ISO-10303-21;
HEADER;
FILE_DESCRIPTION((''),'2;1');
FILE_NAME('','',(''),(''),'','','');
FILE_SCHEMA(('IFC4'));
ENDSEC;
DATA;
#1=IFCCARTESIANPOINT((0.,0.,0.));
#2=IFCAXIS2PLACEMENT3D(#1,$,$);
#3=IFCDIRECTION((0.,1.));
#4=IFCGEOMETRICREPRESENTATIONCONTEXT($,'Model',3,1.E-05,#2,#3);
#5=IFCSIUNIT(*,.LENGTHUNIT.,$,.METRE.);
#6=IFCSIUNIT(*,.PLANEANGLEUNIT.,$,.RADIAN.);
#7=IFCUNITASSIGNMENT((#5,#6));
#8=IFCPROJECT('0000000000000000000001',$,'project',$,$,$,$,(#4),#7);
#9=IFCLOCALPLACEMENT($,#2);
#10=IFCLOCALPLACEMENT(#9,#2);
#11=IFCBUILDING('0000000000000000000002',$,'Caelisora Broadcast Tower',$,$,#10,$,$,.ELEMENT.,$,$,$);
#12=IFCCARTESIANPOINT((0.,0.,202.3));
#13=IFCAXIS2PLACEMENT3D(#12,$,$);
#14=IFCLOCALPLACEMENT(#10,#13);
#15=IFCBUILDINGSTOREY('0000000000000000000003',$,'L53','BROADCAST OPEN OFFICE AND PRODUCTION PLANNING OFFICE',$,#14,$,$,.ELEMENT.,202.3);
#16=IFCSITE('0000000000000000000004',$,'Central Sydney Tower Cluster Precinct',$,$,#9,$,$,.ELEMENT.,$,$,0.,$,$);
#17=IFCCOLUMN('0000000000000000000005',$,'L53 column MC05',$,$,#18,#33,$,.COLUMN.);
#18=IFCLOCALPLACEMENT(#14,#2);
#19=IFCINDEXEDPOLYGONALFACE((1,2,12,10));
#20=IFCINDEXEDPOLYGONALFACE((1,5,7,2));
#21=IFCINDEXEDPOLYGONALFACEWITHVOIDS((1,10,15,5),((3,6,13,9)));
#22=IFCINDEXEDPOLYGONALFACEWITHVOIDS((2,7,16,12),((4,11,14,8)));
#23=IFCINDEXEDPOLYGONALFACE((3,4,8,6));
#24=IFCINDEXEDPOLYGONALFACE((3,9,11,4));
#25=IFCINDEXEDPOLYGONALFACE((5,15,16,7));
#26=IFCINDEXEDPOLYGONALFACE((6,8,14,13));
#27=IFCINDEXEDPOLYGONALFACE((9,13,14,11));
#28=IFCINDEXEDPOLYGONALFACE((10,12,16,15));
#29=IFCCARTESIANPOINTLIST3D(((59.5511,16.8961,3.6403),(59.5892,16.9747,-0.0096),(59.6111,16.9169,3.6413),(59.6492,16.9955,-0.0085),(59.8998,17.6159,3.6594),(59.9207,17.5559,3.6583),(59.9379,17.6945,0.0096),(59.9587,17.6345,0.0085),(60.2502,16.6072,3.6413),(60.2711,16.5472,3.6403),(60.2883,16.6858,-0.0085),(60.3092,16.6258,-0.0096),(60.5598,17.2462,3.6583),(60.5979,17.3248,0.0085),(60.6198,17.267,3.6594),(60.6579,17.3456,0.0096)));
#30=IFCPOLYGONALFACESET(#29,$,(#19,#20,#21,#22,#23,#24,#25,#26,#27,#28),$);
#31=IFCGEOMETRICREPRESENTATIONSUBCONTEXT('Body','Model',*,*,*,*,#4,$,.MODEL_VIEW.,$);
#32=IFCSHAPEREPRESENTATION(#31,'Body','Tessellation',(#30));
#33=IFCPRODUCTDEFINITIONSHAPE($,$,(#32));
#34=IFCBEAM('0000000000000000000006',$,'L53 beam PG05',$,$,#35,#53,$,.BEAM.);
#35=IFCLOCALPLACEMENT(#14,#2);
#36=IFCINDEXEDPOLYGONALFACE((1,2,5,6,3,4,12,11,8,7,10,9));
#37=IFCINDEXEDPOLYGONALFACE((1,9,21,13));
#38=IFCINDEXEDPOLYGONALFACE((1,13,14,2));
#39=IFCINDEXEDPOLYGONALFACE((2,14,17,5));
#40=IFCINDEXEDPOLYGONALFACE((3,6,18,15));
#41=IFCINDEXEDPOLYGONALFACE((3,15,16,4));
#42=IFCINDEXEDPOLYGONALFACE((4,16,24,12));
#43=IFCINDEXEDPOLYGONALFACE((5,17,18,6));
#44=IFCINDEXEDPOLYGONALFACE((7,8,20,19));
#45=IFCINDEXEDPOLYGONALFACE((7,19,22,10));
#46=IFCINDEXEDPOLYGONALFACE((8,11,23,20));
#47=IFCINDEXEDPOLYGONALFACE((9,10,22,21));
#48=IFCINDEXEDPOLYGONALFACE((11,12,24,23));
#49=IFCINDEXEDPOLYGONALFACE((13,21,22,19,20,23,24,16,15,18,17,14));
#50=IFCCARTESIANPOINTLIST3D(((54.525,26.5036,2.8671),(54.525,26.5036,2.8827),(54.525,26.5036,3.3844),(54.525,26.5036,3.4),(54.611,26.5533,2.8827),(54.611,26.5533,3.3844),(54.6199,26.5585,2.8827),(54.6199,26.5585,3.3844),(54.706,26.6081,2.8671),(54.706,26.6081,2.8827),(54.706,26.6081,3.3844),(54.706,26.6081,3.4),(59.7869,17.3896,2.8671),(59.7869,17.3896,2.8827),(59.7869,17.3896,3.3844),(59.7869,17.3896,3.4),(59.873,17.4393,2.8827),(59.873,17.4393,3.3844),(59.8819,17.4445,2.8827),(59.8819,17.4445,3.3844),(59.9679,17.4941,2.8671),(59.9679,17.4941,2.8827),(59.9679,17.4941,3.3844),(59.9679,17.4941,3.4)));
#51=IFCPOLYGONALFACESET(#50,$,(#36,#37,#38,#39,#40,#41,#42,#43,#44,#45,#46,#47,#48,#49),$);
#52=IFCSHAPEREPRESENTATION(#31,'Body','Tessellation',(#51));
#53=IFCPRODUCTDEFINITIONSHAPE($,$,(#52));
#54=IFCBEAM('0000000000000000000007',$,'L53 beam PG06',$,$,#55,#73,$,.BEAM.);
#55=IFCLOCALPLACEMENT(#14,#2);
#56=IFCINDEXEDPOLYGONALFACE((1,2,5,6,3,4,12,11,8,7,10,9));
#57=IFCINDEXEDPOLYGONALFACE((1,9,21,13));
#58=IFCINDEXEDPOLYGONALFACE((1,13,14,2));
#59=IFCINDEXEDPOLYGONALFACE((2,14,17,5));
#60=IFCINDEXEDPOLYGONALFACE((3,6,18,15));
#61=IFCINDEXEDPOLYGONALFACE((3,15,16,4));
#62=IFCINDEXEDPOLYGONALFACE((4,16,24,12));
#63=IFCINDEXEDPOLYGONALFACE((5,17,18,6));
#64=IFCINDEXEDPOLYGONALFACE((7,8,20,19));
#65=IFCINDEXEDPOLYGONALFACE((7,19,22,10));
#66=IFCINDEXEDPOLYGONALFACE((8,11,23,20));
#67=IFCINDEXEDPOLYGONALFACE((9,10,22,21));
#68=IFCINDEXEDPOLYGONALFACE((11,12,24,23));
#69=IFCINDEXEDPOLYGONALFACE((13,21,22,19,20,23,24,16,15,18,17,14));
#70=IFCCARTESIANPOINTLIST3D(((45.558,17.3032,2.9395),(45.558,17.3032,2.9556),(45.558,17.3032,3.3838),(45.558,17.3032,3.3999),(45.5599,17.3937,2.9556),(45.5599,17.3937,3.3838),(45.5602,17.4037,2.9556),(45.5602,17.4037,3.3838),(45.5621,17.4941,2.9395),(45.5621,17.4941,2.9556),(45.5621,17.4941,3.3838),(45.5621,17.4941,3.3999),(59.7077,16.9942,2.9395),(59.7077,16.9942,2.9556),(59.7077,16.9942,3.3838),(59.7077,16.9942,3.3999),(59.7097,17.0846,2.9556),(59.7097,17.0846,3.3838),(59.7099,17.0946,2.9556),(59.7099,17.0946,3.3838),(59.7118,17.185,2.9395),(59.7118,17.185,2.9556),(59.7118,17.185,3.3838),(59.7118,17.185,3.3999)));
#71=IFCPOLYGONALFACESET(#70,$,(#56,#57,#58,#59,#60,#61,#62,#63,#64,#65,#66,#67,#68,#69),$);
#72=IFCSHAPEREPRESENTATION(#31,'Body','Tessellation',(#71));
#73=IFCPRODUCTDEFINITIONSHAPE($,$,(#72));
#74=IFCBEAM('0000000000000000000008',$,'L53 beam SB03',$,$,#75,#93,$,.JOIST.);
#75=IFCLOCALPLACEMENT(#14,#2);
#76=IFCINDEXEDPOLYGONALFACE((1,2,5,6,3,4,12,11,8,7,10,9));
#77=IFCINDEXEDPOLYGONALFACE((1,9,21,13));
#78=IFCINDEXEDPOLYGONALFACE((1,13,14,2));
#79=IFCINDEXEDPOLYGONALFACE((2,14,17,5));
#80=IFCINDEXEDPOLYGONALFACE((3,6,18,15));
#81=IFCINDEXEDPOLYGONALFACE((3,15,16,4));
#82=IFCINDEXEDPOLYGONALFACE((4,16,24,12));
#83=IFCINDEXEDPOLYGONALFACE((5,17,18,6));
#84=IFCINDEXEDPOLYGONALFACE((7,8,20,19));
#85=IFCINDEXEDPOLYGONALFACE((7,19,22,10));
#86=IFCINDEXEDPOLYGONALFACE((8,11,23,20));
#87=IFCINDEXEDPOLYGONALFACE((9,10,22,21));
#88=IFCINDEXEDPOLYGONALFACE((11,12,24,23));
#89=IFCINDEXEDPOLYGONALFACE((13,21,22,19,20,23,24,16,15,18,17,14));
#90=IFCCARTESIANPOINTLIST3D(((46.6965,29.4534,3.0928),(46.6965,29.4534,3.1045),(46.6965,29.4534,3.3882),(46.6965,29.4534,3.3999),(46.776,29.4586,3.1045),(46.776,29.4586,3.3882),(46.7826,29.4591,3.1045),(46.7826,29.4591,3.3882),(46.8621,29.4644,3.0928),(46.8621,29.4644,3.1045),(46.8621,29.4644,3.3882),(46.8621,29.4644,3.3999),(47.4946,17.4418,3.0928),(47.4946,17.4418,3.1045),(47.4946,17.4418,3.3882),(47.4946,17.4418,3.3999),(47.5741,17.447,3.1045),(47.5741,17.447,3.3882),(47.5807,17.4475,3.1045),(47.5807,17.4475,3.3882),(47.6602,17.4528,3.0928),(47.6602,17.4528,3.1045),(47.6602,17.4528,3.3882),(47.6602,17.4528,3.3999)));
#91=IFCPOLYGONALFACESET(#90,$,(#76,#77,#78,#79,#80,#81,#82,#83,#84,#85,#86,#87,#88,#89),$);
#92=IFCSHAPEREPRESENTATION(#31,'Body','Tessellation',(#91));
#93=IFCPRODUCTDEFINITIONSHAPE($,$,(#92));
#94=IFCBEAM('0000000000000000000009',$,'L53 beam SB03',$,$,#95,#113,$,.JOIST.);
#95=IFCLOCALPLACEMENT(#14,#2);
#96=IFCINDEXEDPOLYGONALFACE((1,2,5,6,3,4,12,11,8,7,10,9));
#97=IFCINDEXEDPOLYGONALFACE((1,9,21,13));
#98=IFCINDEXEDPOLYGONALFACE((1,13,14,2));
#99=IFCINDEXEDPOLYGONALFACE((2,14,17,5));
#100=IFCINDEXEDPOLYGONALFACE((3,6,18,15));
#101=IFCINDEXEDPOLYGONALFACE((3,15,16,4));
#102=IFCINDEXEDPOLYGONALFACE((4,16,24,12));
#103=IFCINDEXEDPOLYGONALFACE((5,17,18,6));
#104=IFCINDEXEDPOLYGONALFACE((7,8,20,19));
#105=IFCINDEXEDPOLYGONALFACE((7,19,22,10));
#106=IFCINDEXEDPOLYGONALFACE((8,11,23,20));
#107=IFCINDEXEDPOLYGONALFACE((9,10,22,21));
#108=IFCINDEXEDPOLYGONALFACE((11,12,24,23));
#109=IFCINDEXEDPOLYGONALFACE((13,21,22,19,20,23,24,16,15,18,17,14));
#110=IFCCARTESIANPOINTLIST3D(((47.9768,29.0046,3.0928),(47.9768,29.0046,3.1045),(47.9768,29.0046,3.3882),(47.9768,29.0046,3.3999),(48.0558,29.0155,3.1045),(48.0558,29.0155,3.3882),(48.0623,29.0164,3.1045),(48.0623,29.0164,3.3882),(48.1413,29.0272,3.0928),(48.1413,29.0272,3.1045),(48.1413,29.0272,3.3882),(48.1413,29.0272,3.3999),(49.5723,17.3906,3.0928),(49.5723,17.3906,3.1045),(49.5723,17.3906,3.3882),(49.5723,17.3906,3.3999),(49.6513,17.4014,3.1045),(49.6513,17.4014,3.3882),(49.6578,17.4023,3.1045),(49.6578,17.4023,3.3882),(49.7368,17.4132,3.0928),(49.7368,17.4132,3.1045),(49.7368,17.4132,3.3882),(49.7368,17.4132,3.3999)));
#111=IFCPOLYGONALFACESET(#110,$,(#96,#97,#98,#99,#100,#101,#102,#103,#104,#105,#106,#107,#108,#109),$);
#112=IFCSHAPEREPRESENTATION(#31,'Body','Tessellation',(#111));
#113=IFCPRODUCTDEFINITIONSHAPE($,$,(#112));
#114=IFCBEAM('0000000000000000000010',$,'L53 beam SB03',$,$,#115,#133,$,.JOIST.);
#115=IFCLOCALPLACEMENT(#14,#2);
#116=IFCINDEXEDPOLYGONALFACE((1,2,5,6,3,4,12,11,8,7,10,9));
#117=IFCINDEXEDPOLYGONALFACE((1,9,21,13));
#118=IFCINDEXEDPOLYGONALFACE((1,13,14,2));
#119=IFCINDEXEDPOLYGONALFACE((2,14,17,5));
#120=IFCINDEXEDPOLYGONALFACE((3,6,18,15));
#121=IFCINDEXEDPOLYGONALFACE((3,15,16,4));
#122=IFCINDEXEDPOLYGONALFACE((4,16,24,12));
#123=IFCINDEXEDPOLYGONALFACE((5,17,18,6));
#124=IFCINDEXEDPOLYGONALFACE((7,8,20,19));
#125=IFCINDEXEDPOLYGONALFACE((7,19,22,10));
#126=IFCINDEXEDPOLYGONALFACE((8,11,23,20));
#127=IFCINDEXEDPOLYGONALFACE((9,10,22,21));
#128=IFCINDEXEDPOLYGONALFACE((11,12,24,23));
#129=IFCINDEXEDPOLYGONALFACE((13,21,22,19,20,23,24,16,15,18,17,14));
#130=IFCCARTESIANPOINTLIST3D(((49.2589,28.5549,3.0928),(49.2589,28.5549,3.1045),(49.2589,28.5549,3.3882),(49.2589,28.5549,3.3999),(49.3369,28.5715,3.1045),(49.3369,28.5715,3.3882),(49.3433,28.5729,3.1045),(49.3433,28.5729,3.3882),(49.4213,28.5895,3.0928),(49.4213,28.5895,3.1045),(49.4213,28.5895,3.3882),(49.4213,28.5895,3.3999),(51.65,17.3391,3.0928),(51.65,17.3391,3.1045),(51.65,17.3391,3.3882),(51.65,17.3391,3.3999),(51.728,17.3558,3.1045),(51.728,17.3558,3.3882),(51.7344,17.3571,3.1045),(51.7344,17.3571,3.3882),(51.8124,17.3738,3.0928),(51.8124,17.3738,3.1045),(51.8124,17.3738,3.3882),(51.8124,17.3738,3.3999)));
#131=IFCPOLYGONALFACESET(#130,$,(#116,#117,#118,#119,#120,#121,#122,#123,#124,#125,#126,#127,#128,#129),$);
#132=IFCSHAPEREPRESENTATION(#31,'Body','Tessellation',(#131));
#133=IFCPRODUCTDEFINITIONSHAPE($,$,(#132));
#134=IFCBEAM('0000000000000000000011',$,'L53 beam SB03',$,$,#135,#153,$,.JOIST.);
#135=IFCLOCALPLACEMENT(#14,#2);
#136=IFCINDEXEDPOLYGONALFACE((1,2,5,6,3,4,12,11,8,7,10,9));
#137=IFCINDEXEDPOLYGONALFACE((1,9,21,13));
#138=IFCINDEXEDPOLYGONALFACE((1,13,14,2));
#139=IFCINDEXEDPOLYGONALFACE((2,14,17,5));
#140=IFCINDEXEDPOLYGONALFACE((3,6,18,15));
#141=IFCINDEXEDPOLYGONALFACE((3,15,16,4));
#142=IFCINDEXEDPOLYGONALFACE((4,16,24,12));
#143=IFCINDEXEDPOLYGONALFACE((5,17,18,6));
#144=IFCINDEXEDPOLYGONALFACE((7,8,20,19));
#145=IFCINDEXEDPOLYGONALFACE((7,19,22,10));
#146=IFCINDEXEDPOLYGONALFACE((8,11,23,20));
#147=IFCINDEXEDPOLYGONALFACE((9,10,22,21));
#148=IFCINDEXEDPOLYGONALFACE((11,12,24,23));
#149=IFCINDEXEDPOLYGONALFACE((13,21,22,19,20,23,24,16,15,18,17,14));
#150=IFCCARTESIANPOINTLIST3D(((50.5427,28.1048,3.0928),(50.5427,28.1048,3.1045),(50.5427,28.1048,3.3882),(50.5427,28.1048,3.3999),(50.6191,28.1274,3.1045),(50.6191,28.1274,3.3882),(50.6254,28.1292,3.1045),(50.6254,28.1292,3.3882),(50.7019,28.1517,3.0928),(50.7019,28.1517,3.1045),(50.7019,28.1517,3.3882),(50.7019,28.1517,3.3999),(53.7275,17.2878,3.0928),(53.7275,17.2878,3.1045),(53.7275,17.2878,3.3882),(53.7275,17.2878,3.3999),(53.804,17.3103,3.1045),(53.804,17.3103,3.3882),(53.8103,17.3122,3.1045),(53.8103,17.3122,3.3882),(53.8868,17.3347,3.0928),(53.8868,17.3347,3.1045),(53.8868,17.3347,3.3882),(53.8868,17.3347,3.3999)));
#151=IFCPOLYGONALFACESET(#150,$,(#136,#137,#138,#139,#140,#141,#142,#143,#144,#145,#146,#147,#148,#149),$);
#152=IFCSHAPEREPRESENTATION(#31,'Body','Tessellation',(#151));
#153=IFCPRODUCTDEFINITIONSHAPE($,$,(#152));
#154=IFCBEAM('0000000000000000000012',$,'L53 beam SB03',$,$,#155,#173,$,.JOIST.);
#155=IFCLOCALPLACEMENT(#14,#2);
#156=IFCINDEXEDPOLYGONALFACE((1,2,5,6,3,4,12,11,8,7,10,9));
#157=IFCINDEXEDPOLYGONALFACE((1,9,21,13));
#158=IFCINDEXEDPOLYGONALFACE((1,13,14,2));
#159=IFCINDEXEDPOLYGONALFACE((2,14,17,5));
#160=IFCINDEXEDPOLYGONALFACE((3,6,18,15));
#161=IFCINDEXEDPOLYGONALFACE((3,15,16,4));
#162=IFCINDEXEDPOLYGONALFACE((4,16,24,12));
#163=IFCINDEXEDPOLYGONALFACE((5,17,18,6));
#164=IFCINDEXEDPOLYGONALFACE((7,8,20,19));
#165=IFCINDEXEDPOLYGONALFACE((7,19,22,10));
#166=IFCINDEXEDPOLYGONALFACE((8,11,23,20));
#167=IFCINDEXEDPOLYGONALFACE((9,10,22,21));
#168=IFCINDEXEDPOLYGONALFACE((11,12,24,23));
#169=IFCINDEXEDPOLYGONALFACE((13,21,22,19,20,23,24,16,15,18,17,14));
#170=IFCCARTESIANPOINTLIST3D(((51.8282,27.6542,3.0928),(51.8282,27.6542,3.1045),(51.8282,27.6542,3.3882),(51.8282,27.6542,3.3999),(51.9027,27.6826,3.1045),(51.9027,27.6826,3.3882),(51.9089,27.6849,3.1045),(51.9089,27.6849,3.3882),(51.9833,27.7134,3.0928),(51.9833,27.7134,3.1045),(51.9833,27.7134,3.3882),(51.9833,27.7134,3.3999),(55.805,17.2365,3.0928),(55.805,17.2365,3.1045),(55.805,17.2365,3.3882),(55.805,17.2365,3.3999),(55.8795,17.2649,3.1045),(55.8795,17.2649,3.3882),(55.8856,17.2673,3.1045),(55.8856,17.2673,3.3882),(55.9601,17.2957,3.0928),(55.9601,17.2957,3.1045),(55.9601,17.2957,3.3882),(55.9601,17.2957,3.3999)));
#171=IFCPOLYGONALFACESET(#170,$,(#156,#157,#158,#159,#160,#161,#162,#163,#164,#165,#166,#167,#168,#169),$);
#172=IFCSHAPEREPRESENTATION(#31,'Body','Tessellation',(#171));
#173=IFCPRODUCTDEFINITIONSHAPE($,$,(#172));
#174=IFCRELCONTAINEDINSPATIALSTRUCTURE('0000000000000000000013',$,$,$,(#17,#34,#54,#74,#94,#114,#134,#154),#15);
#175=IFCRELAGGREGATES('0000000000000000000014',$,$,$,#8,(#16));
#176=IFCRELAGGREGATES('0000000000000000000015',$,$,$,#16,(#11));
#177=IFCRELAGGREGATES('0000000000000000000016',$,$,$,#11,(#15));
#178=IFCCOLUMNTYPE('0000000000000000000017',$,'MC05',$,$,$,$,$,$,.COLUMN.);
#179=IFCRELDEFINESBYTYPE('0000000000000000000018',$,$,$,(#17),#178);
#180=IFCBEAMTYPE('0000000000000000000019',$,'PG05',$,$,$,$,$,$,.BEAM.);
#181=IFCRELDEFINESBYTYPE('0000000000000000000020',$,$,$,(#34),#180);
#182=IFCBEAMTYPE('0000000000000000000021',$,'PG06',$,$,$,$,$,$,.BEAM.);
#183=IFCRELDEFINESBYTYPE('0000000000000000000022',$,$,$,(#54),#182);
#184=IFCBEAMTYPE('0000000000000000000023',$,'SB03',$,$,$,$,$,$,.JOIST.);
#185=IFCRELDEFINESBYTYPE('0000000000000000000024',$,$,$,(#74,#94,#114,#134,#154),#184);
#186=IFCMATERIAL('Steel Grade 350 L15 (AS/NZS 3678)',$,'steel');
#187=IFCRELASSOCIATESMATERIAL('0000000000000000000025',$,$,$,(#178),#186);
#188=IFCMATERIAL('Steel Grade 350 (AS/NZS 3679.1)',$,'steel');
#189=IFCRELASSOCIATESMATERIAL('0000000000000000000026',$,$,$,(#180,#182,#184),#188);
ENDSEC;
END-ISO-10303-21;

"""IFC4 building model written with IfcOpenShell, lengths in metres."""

from ifc_helpers import new_model, si_unit, direction, frame, origin, origin_2d, place, context, subcontext, project, spatial, hollow_rectangle, i_section, extrude, source, transform, mapped, material, material_profile, profile_set, type_object, type_shapes, element, save


model = new_model("IFC4")

# Units and contexts
model_context = context("Model", 3, precision=1e-05, world=origin(), true_north=direction((0.0, 1.0)))
body_context = subcontext(model_context, "Body", "Model", "MODEL_VIEW")
ifc_project = project(units=[si_unit("LENGTHUNIT", "METRE"), si_unit("PLANEANGLEUNIT", "RADIAN")], contexts=[model_context])

# Site, building, storey
site_placement = place(None, origin())
site = spatial("IfcSite", under=ifc_project, at=site_placement, Name="Central Sydney Tower Cluster Precinct", CompositionType="ELEMENT", RefElevation=0.0)
building_placement = place(site_placement, origin())
building = spatial("IfcBuilding", under=site, at=building_placement, Name="Caelisora Broadcast Tower", CompositionType="ELEMENT")
storey_placement = place(building_placement, frame((0.0, 0.0, 202.3)))
storey = spatial("IfcBuildingStorey", under=building, at=storey_placement, Name="L53", Description="BROADCAST OPEN OFFICE AND PRODUCTION PLANNING OFFICE", CompositionType="ELEMENT", Elevation=202.3)

# Column
ifc_material_1 = material(Name="Steel Grade 350 L15 (AS/NZS 3678)", Category="steel")
ifc_material_profile_1 = material_profile(ifc_material_1, hollow_rectangle(XDim=0.8, YDim=0.8, WallThickness=0.0449, at=origin_2d()), Name="Steel Grade 350 L15 (AS/NZS 3678)")
ifc_profile_set_1 = profile_set([ifc_material_profile_1], Name="Steel Grade 350 L15 (AS/NZS 3678)")
column_type = type_object("IfcColumnType", Name="MC05", PredefinedType="COLUMN", material=ifc_profile_set_1)
shared_shape_1 = source(origin(), body_context, "Body", "SweptSolid", [
    extrude(hollow_rectangle(XDim=0.8, YDim=0.8, WallThickness=0.0449, at=origin_2d()), origin(), (0.0, 0.0, 1.0), 3.6509),
])
type_shapes(column_type, [shared_shape_1])
column_placement = place(storey_placement, frame((60.1235, 17.1602, 0.0), z_axis=(-0.010432, -0.021532, 0.999714), x_axis=(0.899947, -0.435999, 0.0)))
element("IfcColumn", 1, at=column_placement, inside=storey, type_object=column_type, Name="L53 column MC05", PredefinedType="COLUMN", context=body_context, shape_type="MappedRepresentation", body=[
    mapped(shared_shape_1, transform((0.0, 0.0, 0.0), scale=1.0)),
])

# Beams
ifc_material_2 = material(Name="Steel Grade 350 (AS/NZS 3679.1)", Category="steel")
ifc_material_profile_2 = material_profile(ifc_material_2, i_section(OverallWidth=0.209, OverallDepth=0.533, WebThickness=0.0103, FlangeThickness=0.0156, at=origin_2d()), Name="Steel Grade 350 (AS/NZS 3679.1)")
ifc_profile_set_2 = profile_set([ifc_material_profile_2], Name="Steel Grade 350 (AS/NZS 3679.1)")
beam_type_1 = type_object("IfcBeamType", Name="PG05", PredefinedType="BEAM", material=ifc_profile_set_2)
shared_shape_2 = source(origin(), body_context, "Body", "SweptSolid", [
    extrude(i_section(OverallWidth=0.209, OverallDepth=0.533, WebThickness=0.0103, FlangeThickness=0.0156, at=origin_2d()), origin(), (0.0, 0.0, 1.0), 10.5239),
])
type_shapes(beam_type_1, [shared_shape_2])
beam_1_placement = place(storey_placement, frame((59.8774, 17.4419, 3.1335), z_axis=(-0.499999, 0.866026, 0.0), x_axis=(-0.866026, -0.499999, 0.0)))
element("IfcBeam", 2, at=beam_1_placement, inside=storey, type_object=beam_type_1, Name="L53 beam PG05", PredefinedType="BEAM", context=body_context, shape_type="MappedRepresentation", body=[
    mapped(shared_shape_2, transform((0.0, 0.0, 0.0), scale=1.0)),
])
ifc_material_profile_3 = material_profile(ifc_material_2, i_section(OverallWidth=0.1909, OverallDepth=0.4604, WebThickness=0.01, FlangeThickness=0.0161, at=origin_2d()), Name="Steel Grade 350 (AS/NZS 3679.1)")
ifc_profile_set_3 = profile_set([ifc_material_profile_3], Name="Steel Grade 350 (AS/NZS 3679.1)")
beam_type_2 = type_object("IfcBeamType", Name="PG06", PredefinedType="BEAM", material=ifc_profile_set_3)
shared_shape_3 = source(origin(), body_context, "Body", "SweptSolid", [
    extrude(i_section(OverallWidth=0.1909, OverallDepth=0.4604, WebThickness=0.01, FlangeThickness=0.0161, at=origin_2d()), origin(), (0.0, 0.0, 1.0), 14.1531),
])
type_shapes(beam_type_2, [shared_shape_3])
beam_2_placement = place(storey_placement, frame((45.5601, 17.3987, 3.1697), z_axis=(0.999762, -0.021839, 0.0), x_axis=(0.021839, 0.999762, 0.0)))
element("IfcBeam", 3, at=beam_2_placement, inside=storey, type_object=beam_type_2, Name="L53 beam PG06", PredefinedType="BEAM", context=body_context, shape_type="MappedRepresentation", body=[
    mapped(shared_shape_3, transform((0.0, 0.0, 0.0), scale=1.0)),
])
ifc_material_profile_4 = material_profile(ifc_material_2, i_section(OverallWidth=0.166, OverallDepth=0.3071, WebThickness=0.0066, FlangeThickness=0.0117, at=origin_2d()), Name="Steel Grade 350 (AS/NZS 3679.1)")
ifc_profile_set_4 = profile_set([ifc_material_profile_4], Name="Steel Grade 350 (AS/NZS 3679.1)")
beam_type_3 = type_object("IfcBeamType", Name="SB03", PredefinedType="JOIST", material=ifc_profile_set_4)
shared_shape_4 = source(origin(), body_context, "Body", "SweptSolid", [
    extrude(i_section(OverallWidth=0.166, OverallDepth=0.3071, WebThickness=0.0066, FlangeThickness=0.0117, at=origin_2d()), origin(), (0.0, 0.0, 1.0), 12.0381),
])
beam_3_placement = place(storey_placement, frame((47.5774, 17.4473, 3.2463), z_axis=(-0.066297, 0.9978, 0.0), x_axis=(-0.9978, -0.066297, 0.0)))
element("IfcBeam", 4, at=beam_3_placement, inside=storey, type_object=beam_type_3, Name="L53 beam SB03", PredefinedType="JOIST", context=body_context, shape_type="MappedRepresentation", body=[
    mapped(shared_shape_4, transform((0.0, 0.0, 0.0), scale=1.0)),
])
shared_shape_5 = source(origin(), body_context, "Body", "SweptSolid", [
    extrude(i_section(OverallWidth=0.166, OverallDepth=0.3071, WebThickness=0.0066, FlangeThickness=0.0117, at=origin_2d()), origin(), (0.0, 0.0, 1.0), 11.7231),
])
beam_4_placement = place(storey_placement, frame((49.6545, 17.4019, 3.2463), z_axis=(-0.136095, 0.990696, 0.0), x_axis=(-0.990696, -0.136095, 0.0)))
element("IfcBeam", 5, at=beam_4_placement, inside=storey, type_object=beam_type_3, Name="L53 beam SB03", PredefinedType="JOIST", context=body_context, shape_type="MappedRepresentation", body=[
    mapped(shared_shape_5, transform((0.0, 0.0, 0.0), scale=1.0)),
])
shared_shape_6 = source(origin(), body_context, "Body", "SweptSolid", [
    extrude(i_section(OverallWidth=0.166, OverallDepth=0.3071, WebThickness=0.0066, FlangeThickness=0.0117, at=origin_2d()), origin(), (0.0, 0.0, 1.0), 11.4678),
])
beam_5_placement = place(storey_placement, frame((51.7312, 17.3564, 3.2463), z_axis=(-0.208505, 0.978021, 0.0), x_axis=(-0.978021, -0.208505, 0.0)))
element("IfcBeam", 6, at=beam_5_placement, inside=storey, type_object=beam_type_3, Name="L53 beam SB03", PredefinedType="JOIST", context=body_context, shape_type="MappedRepresentation", body=[
    mapped(shared_shape_6, transform((0.0, 0.0, 0.0), scale=1.0)),
])
shared_shape_7 = source(origin(), body_context, "Body", "SweptSolid", [
    extrude(i_section(OverallWidth=0.166, OverallDepth=0.3071, WebThickness=0.0066, FlangeThickness=0.0117, at=origin_2d()), origin(), (0.0, 0.0, 1.0), 11.2761),
])
beam_6_placement = place(storey_placement, frame((53.8071, 17.3113, 3.2463), z_axis=(-0.282442, 0.959284, 0.0), x_axis=(-0.959284, -0.282442, 0.0)))
element("IfcBeam", 7, at=beam_6_placement, inside=storey, type_object=beam_type_3, Name="L53 beam SB03", PredefinedType="JOIST", context=body_context, shape_type="MappedRepresentation", body=[
    mapped(shared_shape_7, transform((0.0, 0.0, 0.0), scale=1.0)),
])
shared_shape_8 = source(origin(), body_context, "Body", "SweptSolid", [
    extrude(i_section(OverallWidth=0.166, OverallDepth=0.3071, WebThickness=0.0066, FlangeThickness=0.0117, at=origin_2d()), origin(), (0.0, 0.0, 1.0), 11.1509),
])
beam_7_placement = place(storey_placement, frame((55.8826, 17.2661, 3.2463), z_axis=(-0.356633, 0.934244, 0.0), x_axis=(-0.934244, -0.356633, 0.0)))
element("IfcBeam", 8, at=beam_7_placement, inside=storey, type_object=beam_type_3, Name="L53 beam SB03", PredefinedType="JOIST", context=body_context, shape_type="MappedRepresentation", body=[
    mapped(shared_shape_8, transform((0.0, 0.0, 0.0), scale=1.0)),
])

save(model, "model.ifc")
